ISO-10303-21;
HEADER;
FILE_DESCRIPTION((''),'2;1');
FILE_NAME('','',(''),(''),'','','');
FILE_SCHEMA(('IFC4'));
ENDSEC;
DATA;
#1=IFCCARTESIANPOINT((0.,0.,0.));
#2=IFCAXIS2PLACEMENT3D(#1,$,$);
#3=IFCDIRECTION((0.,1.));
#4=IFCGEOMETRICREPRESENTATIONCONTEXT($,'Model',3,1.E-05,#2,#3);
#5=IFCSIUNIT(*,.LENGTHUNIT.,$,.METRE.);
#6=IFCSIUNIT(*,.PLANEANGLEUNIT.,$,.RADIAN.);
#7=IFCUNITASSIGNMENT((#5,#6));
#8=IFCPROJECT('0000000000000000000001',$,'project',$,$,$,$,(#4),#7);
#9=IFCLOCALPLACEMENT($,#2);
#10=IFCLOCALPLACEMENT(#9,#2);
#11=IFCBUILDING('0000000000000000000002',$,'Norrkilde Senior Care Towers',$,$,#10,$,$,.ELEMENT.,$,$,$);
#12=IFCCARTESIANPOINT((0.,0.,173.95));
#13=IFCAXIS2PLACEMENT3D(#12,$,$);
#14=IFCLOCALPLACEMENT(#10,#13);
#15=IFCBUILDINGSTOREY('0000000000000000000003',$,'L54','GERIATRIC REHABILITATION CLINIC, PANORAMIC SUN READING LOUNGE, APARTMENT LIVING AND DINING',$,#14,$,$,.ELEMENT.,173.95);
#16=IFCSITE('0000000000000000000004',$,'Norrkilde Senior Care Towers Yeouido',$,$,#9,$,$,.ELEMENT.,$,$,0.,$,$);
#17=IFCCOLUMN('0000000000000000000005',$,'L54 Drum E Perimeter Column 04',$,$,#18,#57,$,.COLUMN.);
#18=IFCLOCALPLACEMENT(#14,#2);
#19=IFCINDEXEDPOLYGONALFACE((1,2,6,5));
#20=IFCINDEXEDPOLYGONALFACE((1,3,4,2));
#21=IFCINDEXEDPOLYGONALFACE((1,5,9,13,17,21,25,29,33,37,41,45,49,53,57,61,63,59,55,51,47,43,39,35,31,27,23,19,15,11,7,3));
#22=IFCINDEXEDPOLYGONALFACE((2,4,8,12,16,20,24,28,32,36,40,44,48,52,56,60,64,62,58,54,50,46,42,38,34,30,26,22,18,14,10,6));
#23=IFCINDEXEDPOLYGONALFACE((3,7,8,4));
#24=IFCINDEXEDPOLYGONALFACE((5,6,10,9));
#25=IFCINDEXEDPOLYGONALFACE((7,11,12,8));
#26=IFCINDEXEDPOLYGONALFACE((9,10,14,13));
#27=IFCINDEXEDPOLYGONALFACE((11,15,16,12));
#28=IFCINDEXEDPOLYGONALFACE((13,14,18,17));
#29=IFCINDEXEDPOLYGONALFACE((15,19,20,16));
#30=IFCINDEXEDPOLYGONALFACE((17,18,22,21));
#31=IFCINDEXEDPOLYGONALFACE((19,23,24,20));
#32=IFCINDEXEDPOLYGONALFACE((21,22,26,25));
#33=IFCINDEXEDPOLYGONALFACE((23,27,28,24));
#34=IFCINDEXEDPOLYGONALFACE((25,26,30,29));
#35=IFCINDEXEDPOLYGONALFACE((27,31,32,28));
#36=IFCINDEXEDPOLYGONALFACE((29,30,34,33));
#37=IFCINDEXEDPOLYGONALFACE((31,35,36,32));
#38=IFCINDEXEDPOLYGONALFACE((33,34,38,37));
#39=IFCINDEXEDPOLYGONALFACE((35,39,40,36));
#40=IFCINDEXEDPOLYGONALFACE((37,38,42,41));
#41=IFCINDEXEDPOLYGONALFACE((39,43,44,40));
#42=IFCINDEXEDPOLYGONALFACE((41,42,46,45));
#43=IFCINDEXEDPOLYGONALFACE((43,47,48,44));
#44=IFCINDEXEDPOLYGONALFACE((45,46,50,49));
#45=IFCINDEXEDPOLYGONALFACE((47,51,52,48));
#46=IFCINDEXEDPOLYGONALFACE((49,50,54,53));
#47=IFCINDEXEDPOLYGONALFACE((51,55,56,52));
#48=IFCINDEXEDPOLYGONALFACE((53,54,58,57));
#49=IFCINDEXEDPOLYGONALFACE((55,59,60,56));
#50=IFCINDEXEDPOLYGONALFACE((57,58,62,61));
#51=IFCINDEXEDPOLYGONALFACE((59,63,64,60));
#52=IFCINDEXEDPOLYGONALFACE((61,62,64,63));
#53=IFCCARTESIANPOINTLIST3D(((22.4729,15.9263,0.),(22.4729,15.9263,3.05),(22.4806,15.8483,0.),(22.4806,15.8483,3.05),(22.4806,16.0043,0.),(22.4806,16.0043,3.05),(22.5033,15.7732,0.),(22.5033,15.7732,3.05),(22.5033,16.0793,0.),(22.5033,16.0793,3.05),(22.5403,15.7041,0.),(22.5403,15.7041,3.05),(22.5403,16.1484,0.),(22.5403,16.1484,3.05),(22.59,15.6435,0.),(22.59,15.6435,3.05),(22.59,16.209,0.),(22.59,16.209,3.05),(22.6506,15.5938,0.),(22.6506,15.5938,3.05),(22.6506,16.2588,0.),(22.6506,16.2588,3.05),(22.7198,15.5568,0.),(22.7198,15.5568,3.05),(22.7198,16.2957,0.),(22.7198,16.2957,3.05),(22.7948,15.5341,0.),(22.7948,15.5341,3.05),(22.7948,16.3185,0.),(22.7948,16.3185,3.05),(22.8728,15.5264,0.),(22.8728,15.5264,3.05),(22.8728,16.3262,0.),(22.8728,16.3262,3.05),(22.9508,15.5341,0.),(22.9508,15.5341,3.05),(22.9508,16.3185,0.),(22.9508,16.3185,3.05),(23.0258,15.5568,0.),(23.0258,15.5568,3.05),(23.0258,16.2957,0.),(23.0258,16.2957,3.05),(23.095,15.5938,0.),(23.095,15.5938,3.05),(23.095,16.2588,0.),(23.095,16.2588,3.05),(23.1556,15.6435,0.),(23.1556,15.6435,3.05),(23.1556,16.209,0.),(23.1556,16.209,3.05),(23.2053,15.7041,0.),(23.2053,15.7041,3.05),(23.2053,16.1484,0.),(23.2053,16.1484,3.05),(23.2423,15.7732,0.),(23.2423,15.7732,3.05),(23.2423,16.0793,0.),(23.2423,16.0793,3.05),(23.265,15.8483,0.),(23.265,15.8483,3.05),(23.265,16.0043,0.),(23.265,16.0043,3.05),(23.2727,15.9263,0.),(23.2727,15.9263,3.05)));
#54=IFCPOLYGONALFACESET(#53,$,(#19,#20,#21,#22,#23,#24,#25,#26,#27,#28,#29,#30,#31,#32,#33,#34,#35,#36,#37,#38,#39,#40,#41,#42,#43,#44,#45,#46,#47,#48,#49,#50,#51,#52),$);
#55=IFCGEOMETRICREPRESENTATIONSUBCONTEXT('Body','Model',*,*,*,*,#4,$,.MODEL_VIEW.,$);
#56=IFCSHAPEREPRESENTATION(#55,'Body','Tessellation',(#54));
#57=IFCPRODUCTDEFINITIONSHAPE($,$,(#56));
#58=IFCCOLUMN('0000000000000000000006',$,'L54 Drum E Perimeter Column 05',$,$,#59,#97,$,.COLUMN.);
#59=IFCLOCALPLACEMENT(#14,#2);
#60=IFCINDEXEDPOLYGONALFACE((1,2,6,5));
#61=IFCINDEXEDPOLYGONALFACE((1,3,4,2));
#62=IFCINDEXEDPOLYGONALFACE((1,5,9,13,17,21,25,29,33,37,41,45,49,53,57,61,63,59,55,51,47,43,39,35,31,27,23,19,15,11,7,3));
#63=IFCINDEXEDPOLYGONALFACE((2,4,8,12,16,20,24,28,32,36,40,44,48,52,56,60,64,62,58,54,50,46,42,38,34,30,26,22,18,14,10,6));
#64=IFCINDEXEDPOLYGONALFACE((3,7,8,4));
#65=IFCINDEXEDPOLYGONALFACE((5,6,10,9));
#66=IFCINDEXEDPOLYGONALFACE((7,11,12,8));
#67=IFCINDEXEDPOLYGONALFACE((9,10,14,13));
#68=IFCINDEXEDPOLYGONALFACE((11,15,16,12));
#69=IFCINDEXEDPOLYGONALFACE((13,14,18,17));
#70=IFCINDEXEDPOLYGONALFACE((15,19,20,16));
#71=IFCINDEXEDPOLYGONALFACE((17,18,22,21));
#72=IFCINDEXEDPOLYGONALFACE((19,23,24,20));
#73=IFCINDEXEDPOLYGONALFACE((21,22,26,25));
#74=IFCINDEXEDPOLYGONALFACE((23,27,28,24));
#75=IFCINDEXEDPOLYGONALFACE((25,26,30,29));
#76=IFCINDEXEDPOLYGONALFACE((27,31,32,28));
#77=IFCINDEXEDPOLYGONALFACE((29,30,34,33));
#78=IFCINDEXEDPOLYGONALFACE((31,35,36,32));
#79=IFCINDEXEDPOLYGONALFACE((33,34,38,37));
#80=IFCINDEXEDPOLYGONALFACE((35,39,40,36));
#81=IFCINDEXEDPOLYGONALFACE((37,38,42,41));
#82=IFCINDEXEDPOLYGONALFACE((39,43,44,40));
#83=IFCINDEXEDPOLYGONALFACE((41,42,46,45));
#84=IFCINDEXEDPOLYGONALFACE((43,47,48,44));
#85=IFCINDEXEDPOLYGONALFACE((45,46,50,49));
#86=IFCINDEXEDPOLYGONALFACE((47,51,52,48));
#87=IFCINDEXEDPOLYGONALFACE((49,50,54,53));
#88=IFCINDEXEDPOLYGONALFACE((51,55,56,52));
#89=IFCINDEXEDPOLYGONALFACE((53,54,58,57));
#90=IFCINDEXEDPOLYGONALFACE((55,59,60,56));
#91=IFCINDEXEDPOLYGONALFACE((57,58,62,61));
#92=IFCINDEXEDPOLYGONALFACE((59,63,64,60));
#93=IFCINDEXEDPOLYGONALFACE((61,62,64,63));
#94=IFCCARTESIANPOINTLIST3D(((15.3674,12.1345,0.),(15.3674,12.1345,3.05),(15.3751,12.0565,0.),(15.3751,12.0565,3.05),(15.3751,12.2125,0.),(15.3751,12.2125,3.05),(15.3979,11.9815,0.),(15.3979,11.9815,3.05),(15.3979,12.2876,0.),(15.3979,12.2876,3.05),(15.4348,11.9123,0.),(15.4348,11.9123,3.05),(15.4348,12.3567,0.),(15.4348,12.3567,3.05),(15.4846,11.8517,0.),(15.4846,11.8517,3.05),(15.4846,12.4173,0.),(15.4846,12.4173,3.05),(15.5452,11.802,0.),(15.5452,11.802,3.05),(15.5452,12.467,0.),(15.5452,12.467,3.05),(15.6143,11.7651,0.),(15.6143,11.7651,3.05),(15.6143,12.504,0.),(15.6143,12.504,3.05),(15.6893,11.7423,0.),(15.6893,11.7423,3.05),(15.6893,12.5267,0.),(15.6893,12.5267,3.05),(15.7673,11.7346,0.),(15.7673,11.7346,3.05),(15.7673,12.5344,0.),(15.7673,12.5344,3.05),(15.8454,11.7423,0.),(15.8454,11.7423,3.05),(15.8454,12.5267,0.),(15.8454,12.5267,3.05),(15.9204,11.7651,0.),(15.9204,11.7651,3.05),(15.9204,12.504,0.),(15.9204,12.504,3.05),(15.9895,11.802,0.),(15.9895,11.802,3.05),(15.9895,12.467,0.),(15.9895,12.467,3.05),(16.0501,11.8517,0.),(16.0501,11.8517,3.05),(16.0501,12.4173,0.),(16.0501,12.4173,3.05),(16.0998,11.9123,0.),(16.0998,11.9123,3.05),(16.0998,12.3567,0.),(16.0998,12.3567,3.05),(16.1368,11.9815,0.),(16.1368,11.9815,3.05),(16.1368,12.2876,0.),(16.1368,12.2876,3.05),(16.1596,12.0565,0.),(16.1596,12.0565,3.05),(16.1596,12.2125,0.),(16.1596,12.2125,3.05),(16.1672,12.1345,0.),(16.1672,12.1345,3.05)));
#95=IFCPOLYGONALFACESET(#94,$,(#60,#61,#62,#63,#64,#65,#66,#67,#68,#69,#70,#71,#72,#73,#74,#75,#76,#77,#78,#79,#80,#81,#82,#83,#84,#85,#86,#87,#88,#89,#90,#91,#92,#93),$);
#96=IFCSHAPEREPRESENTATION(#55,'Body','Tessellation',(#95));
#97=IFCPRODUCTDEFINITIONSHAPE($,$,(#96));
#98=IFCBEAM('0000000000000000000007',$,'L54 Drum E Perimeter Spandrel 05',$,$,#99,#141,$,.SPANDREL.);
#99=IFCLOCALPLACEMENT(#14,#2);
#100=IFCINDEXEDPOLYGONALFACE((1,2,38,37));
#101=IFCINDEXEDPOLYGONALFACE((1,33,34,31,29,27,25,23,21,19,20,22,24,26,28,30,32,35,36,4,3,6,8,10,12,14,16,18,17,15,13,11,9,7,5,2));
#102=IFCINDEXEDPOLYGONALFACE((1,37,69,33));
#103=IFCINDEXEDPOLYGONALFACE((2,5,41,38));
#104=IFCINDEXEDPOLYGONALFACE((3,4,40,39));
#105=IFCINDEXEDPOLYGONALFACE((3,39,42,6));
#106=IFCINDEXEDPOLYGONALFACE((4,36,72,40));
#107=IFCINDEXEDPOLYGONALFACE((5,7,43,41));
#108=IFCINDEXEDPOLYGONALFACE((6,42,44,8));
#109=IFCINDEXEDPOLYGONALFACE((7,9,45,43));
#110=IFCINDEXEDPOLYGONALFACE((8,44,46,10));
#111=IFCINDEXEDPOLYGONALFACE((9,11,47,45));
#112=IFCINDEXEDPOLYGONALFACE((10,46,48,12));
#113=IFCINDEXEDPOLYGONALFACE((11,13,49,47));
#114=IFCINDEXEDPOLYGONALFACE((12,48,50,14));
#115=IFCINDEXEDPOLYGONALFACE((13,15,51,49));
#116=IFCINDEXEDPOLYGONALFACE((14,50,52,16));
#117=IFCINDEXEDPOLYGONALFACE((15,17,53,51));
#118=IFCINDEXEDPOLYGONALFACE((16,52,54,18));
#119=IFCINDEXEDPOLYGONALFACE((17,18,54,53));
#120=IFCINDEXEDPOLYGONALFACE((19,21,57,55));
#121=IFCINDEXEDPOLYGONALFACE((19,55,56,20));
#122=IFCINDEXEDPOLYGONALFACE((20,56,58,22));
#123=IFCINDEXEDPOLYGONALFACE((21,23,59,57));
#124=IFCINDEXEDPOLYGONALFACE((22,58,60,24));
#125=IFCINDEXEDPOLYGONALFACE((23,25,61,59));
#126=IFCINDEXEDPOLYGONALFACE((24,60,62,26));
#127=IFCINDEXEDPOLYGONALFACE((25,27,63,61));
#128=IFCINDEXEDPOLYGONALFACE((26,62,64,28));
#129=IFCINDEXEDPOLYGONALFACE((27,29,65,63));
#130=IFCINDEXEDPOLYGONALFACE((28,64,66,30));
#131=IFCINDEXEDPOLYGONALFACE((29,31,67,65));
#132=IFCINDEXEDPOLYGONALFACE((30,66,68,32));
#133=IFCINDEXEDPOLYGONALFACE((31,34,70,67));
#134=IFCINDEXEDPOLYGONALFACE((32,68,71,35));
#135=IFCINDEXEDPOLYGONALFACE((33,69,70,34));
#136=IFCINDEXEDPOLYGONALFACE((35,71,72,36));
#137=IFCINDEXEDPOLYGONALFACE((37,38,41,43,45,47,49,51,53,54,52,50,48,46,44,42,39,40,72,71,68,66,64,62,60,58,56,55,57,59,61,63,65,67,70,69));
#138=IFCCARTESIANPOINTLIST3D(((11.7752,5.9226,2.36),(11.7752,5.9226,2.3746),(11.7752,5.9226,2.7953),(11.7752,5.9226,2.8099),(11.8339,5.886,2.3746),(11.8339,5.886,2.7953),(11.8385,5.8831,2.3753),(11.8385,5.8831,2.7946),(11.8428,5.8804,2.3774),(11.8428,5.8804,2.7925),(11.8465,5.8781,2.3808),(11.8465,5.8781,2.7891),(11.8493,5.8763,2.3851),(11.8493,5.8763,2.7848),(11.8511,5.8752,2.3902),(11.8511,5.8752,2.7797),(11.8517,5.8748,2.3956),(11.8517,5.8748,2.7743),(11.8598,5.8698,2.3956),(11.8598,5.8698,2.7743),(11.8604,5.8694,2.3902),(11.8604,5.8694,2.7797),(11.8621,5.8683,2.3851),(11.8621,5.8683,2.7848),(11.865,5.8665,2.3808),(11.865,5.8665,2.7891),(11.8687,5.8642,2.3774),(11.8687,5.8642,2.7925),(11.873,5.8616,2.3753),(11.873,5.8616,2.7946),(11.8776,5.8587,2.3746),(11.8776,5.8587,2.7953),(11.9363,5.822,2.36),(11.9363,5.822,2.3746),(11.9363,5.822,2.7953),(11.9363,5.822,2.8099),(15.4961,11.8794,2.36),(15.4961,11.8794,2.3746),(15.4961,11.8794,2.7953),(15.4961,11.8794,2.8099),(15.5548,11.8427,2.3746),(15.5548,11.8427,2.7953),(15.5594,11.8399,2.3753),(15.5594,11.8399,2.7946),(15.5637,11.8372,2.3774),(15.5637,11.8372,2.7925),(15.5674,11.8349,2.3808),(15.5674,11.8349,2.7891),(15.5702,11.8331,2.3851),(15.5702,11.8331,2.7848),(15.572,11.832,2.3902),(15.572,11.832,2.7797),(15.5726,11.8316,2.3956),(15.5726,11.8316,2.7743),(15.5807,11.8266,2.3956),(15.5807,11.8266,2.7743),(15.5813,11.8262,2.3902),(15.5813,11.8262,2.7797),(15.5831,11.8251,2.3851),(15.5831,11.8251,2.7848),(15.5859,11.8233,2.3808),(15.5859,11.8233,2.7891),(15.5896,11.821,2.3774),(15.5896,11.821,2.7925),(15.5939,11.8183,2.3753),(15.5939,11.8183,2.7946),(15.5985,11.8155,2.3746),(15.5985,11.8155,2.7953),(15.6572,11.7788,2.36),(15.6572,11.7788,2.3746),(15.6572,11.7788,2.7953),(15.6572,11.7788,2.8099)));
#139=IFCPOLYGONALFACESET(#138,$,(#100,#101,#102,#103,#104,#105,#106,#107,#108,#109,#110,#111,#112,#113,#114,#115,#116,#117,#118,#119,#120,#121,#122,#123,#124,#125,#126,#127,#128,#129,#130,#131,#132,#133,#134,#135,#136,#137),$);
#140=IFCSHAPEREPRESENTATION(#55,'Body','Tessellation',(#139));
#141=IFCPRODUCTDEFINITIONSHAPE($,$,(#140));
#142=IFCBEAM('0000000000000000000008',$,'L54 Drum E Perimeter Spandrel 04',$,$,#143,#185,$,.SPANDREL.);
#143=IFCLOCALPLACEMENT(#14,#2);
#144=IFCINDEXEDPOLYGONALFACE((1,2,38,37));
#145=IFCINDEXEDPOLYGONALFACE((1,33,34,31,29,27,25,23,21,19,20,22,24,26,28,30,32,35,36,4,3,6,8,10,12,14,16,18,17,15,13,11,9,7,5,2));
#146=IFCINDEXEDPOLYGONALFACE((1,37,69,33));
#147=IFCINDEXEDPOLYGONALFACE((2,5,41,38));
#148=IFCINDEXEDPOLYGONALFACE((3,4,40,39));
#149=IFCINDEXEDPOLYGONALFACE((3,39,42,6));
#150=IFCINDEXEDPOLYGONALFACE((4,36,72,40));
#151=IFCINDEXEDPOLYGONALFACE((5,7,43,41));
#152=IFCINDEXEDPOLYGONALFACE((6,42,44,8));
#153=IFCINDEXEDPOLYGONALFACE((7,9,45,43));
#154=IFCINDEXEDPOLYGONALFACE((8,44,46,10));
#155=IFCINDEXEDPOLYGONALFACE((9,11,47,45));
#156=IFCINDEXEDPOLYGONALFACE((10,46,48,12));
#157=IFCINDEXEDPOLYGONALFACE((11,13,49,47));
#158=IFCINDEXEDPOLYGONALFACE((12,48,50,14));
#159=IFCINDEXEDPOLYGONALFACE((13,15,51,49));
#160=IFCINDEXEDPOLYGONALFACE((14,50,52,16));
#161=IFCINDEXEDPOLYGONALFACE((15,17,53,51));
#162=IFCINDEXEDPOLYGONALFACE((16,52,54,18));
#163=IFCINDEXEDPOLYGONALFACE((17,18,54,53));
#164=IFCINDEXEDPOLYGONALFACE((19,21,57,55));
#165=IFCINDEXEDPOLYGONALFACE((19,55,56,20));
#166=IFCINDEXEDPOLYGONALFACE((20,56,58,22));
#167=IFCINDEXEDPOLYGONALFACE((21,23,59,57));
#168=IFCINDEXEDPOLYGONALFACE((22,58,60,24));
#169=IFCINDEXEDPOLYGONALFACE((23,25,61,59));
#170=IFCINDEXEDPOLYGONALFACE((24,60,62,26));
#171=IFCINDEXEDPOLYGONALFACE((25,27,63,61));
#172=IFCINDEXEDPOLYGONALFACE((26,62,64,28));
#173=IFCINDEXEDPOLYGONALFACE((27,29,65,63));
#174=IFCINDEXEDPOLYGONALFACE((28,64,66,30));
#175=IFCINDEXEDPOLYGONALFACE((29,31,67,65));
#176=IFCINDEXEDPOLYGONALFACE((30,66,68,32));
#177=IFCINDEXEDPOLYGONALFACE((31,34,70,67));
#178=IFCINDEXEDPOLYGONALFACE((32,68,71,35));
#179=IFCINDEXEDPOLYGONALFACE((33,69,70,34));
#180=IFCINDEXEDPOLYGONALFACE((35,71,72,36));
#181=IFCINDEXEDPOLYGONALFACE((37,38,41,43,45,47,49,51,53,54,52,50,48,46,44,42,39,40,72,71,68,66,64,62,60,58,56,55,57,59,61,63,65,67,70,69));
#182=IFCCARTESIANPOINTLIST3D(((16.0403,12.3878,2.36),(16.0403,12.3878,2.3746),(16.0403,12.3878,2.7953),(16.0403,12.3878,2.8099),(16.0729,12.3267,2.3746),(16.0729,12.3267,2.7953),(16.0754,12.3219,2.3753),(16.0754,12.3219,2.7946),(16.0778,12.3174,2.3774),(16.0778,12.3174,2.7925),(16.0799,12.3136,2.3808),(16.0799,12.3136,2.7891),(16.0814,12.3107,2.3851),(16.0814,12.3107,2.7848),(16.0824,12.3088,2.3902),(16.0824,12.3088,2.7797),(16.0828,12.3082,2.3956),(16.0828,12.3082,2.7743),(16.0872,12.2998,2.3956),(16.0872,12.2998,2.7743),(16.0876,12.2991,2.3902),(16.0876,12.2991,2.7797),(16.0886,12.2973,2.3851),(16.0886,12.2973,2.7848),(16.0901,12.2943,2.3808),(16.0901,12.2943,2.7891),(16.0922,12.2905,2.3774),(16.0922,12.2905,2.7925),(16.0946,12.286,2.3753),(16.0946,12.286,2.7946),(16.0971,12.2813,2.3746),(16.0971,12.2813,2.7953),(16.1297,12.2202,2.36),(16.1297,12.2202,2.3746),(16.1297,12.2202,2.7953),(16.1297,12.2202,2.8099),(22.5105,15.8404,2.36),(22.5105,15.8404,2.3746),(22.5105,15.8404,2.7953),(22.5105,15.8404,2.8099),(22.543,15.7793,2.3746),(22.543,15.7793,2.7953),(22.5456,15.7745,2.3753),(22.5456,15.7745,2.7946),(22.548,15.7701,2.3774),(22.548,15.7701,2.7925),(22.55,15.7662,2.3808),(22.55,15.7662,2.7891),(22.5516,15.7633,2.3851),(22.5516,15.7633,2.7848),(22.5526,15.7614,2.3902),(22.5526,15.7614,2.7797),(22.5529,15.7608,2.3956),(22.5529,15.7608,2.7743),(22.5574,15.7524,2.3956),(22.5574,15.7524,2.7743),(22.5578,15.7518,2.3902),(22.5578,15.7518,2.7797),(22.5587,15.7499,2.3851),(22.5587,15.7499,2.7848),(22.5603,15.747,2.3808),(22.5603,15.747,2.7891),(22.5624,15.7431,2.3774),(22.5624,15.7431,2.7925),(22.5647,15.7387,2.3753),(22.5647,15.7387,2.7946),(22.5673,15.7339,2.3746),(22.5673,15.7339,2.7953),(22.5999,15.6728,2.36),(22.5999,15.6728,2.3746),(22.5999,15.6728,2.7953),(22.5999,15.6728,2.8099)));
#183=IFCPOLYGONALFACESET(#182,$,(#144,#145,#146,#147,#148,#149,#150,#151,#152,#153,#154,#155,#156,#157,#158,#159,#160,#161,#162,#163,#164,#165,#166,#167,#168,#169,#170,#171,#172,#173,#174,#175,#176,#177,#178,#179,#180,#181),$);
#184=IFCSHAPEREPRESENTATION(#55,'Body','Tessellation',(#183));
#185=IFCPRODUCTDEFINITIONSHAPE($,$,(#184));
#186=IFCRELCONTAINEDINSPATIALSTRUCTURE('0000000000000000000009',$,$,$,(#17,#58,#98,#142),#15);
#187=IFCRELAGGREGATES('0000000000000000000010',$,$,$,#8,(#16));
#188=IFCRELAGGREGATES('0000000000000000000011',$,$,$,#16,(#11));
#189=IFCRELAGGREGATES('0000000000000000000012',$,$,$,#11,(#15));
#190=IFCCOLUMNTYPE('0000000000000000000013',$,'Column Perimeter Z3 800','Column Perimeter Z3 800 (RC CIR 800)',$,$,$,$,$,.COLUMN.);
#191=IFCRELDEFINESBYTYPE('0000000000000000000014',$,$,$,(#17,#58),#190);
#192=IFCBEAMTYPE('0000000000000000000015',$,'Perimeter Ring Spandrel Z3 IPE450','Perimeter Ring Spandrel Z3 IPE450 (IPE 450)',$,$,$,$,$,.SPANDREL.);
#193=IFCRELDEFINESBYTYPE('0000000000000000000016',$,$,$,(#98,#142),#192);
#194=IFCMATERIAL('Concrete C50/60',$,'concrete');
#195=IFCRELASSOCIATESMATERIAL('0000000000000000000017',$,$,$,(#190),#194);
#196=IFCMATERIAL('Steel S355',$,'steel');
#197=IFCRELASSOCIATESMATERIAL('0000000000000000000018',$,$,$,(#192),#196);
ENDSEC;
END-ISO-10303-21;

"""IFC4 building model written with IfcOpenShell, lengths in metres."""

from ifc_helpers import new_model, si_unit, direction, frame, origin, origin_2d, place, context, subcontext, project, spatial, circle, i_section, extrude, source, transform, mapped, material, material_profile, profile_set, type_object, type_shapes, element, save


model = new_model("IFC4")

# Units and contexts
model_context = context("Model", 3, precision=1e-05, world=origin(), true_north=direction((0.0, 1.0)))
body_context = subcontext(model_context, "Body", "Model", "MODEL_VIEW")
ifc_project = project(units=[si_unit("LENGTHUNIT", "METRE"), si_unit("PLANEANGLEUNIT", "RADIAN")], contexts=[model_context])

# Site, building, storey
site_placement = place(None, origin())
site = spatial("IfcSite", under=ifc_project, at=site_placement, Name="Norrkilde Senior Care Towers Yeouido", CompositionType="ELEMENT", RefElevation=0.0)
building_placement = place(site_placement, origin())
building = spatial("IfcBuilding", under=site, at=building_placement, Name="Norrkilde Senior Care Towers", CompositionType="ELEMENT")
storey_placement = place(building_placement, frame((0.0, 0.0, 173.95)))
storey = spatial("IfcBuildingStorey", under=building, at=storey_placement, Name="L54", Description="GERIATRIC REHABILITATION CLINIC, PANORAMIC SUN READING LOUNGE, APARTMENT LIVING AND DINING", CompositionType="ELEMENT", Elevation=173.95)

# Columns
ifc_material_1 = material(Name="Concrete C50/60", Category="concrete")
ifc_material_profile_1 = material_profile(ifc_material_1, circle(Radius=0.3999, at=origin_2d()), Name="RC CIR 800")
ifc_profile_set_1 = profile_set([ifc_material_profile_1], Name="Concrete C50/60")
column_type = type_object("IfcColumnType", Name="Column Perimeter Z3 800", Description="Column Perimeter Z3 800 (RC CIR 800)", PredefinedType="COLUMN", material=ifc_profile_set_1)
shared_shape_1 = source(origin(), body_context, "Body", "SweptSolid", [
    extrude(circle(Radius=0.3999, at=origin_2d()), origin(), (0.0, 0.0, 1.0), 3.05),
])
type_shapes(column_type, [shared_shape_1])
for number, where, z_axis, x_axis, name in (
    (1, (22.8728, 15.9263, 0.0), (0.0, 0.0, 1.0), (1.0, 0.0, 0.0), "L54 Drum E Perimeter Column 04"),
    (2, (15.7673, 12.1345, 0.0), (0.0, 0.0, 1.0), (1.0, 0.0, 0.0), "L54 Drum E Perimeter Column 05"),
):
    element("IfcColumn", number, at=place(storey_placement, frame(where, z_axis=z_axis, x_axis=x_axis)), inside=storey, type_object=column_type, Name=name, PredefinedType="COLUMN", context=body_context, shape_type="MappedRepresentation", body=[
        mapped(shared_shape_1, transform((0.0, 0.0, 0.0), x_axis=(1.0, 0.0, 0.0), y_axis=(0.0, 1.0, 0.0), z_axis=(0.0, 0.0, 1.0), scale=1.0)),
    ])

# Beams
ifc_material_2 = material(Name="Steel S355", Category="steel")
ifc_material_profile_2 = material_profile(ifc_material_2, i_section(OverallWidth=0.1899, OverallDepth=0.45, WebThickness=0.0095, FlangeThickness=0.0146, FilletRadius=0.021, at=origin_2d()), Name="IPE 450")
ifc_profile_set_2 = profile_set([ifc_material_profile_2], Name="Steel S355")
beam_type_1 = type_object("IfcBeamType", Name="Perimeter Ring Spandrel Z3 IPE450", Description="Perimeter Ring Spandrel Z3 IPE450 (IPE 450)", PredefinedType="SPANDREL", material=ifc_profile_set_2)
shared_shape_2 = source(origin(), body_context, "Body", "SweptSolid", [
    extrude(i_section(OverallWidth=0.1899, OverallDepth=0.45, WebThickness=0.0095, FlangeThickness=0.0146, FilletRadius=0.021, at=origin_2d()), origin(), (0.0, 0.0, 1.0), 7.0234),
])
beam_1_placement = place(storey_placement, frame((15.5767, 11.8291, 2.585), z_axis=(-0.52979, -0.848129, 0.0), x_axis=(0.848129, -0.52979, 0.0)))
element("IfcBeam", 3, at=beam_1_placement, inside=storey, type_object=beam_type_1, Name="L54 Drum E Perimeter Spandrel 05", PredefinedType="SPANDREL", context=body_context, shape_type="MappedRepresentation", body=[
    mapped(shared_shape_2, transform((0.0, 0.0, 0.0), x_axis=(1.0, 0.0, 0.0), y_axis=(0.0, 1.0, 0.0), z_axis=(0.0, 0.0, 1.0), scale=1.0)),
])
shared_shape_3 = source(origin(), body_context, "Body", "SweptSolid", [
    extrude(i_section(OverallWidth=0.1899, OverallDepth=0.45, WebThickness=0.0095, FlangeThickness=0.0146, FilletRadius=0.021, at=origin_2d()), origin(), (0.0, 0.0, 1.0), 7.3337),
])
type_shapes(beam_type_1, [shared_shape_2, shared_shape_3])
beam_2_placement = place(storey_placement, frame((22.5552, 15.7566, 2.585), z_axis=(-0.882248, -0.470785, 0.0), x_axis=(0.470785, -0.882248, 0.0)))
element("IfcBeam", 4, at=beam_2_placement, inside=storey, type_object=beam_type_1, Name="L54 Drum E Perimeter Spandrel 04", PredefinedType="SPANDREL", context=body_context, shape_type="MappedRepresentation", body=[
    mapped(shared_shape_3, transform((0.0, 0.0, 0.0), x_axis=(1.0, 0.0, 0.0), y_axis=(0.0, 1.0, 0.0), z_axis=(0.0, 0.0, 1.0), scale=1.0)),
])

save(model, "model.ifc")
